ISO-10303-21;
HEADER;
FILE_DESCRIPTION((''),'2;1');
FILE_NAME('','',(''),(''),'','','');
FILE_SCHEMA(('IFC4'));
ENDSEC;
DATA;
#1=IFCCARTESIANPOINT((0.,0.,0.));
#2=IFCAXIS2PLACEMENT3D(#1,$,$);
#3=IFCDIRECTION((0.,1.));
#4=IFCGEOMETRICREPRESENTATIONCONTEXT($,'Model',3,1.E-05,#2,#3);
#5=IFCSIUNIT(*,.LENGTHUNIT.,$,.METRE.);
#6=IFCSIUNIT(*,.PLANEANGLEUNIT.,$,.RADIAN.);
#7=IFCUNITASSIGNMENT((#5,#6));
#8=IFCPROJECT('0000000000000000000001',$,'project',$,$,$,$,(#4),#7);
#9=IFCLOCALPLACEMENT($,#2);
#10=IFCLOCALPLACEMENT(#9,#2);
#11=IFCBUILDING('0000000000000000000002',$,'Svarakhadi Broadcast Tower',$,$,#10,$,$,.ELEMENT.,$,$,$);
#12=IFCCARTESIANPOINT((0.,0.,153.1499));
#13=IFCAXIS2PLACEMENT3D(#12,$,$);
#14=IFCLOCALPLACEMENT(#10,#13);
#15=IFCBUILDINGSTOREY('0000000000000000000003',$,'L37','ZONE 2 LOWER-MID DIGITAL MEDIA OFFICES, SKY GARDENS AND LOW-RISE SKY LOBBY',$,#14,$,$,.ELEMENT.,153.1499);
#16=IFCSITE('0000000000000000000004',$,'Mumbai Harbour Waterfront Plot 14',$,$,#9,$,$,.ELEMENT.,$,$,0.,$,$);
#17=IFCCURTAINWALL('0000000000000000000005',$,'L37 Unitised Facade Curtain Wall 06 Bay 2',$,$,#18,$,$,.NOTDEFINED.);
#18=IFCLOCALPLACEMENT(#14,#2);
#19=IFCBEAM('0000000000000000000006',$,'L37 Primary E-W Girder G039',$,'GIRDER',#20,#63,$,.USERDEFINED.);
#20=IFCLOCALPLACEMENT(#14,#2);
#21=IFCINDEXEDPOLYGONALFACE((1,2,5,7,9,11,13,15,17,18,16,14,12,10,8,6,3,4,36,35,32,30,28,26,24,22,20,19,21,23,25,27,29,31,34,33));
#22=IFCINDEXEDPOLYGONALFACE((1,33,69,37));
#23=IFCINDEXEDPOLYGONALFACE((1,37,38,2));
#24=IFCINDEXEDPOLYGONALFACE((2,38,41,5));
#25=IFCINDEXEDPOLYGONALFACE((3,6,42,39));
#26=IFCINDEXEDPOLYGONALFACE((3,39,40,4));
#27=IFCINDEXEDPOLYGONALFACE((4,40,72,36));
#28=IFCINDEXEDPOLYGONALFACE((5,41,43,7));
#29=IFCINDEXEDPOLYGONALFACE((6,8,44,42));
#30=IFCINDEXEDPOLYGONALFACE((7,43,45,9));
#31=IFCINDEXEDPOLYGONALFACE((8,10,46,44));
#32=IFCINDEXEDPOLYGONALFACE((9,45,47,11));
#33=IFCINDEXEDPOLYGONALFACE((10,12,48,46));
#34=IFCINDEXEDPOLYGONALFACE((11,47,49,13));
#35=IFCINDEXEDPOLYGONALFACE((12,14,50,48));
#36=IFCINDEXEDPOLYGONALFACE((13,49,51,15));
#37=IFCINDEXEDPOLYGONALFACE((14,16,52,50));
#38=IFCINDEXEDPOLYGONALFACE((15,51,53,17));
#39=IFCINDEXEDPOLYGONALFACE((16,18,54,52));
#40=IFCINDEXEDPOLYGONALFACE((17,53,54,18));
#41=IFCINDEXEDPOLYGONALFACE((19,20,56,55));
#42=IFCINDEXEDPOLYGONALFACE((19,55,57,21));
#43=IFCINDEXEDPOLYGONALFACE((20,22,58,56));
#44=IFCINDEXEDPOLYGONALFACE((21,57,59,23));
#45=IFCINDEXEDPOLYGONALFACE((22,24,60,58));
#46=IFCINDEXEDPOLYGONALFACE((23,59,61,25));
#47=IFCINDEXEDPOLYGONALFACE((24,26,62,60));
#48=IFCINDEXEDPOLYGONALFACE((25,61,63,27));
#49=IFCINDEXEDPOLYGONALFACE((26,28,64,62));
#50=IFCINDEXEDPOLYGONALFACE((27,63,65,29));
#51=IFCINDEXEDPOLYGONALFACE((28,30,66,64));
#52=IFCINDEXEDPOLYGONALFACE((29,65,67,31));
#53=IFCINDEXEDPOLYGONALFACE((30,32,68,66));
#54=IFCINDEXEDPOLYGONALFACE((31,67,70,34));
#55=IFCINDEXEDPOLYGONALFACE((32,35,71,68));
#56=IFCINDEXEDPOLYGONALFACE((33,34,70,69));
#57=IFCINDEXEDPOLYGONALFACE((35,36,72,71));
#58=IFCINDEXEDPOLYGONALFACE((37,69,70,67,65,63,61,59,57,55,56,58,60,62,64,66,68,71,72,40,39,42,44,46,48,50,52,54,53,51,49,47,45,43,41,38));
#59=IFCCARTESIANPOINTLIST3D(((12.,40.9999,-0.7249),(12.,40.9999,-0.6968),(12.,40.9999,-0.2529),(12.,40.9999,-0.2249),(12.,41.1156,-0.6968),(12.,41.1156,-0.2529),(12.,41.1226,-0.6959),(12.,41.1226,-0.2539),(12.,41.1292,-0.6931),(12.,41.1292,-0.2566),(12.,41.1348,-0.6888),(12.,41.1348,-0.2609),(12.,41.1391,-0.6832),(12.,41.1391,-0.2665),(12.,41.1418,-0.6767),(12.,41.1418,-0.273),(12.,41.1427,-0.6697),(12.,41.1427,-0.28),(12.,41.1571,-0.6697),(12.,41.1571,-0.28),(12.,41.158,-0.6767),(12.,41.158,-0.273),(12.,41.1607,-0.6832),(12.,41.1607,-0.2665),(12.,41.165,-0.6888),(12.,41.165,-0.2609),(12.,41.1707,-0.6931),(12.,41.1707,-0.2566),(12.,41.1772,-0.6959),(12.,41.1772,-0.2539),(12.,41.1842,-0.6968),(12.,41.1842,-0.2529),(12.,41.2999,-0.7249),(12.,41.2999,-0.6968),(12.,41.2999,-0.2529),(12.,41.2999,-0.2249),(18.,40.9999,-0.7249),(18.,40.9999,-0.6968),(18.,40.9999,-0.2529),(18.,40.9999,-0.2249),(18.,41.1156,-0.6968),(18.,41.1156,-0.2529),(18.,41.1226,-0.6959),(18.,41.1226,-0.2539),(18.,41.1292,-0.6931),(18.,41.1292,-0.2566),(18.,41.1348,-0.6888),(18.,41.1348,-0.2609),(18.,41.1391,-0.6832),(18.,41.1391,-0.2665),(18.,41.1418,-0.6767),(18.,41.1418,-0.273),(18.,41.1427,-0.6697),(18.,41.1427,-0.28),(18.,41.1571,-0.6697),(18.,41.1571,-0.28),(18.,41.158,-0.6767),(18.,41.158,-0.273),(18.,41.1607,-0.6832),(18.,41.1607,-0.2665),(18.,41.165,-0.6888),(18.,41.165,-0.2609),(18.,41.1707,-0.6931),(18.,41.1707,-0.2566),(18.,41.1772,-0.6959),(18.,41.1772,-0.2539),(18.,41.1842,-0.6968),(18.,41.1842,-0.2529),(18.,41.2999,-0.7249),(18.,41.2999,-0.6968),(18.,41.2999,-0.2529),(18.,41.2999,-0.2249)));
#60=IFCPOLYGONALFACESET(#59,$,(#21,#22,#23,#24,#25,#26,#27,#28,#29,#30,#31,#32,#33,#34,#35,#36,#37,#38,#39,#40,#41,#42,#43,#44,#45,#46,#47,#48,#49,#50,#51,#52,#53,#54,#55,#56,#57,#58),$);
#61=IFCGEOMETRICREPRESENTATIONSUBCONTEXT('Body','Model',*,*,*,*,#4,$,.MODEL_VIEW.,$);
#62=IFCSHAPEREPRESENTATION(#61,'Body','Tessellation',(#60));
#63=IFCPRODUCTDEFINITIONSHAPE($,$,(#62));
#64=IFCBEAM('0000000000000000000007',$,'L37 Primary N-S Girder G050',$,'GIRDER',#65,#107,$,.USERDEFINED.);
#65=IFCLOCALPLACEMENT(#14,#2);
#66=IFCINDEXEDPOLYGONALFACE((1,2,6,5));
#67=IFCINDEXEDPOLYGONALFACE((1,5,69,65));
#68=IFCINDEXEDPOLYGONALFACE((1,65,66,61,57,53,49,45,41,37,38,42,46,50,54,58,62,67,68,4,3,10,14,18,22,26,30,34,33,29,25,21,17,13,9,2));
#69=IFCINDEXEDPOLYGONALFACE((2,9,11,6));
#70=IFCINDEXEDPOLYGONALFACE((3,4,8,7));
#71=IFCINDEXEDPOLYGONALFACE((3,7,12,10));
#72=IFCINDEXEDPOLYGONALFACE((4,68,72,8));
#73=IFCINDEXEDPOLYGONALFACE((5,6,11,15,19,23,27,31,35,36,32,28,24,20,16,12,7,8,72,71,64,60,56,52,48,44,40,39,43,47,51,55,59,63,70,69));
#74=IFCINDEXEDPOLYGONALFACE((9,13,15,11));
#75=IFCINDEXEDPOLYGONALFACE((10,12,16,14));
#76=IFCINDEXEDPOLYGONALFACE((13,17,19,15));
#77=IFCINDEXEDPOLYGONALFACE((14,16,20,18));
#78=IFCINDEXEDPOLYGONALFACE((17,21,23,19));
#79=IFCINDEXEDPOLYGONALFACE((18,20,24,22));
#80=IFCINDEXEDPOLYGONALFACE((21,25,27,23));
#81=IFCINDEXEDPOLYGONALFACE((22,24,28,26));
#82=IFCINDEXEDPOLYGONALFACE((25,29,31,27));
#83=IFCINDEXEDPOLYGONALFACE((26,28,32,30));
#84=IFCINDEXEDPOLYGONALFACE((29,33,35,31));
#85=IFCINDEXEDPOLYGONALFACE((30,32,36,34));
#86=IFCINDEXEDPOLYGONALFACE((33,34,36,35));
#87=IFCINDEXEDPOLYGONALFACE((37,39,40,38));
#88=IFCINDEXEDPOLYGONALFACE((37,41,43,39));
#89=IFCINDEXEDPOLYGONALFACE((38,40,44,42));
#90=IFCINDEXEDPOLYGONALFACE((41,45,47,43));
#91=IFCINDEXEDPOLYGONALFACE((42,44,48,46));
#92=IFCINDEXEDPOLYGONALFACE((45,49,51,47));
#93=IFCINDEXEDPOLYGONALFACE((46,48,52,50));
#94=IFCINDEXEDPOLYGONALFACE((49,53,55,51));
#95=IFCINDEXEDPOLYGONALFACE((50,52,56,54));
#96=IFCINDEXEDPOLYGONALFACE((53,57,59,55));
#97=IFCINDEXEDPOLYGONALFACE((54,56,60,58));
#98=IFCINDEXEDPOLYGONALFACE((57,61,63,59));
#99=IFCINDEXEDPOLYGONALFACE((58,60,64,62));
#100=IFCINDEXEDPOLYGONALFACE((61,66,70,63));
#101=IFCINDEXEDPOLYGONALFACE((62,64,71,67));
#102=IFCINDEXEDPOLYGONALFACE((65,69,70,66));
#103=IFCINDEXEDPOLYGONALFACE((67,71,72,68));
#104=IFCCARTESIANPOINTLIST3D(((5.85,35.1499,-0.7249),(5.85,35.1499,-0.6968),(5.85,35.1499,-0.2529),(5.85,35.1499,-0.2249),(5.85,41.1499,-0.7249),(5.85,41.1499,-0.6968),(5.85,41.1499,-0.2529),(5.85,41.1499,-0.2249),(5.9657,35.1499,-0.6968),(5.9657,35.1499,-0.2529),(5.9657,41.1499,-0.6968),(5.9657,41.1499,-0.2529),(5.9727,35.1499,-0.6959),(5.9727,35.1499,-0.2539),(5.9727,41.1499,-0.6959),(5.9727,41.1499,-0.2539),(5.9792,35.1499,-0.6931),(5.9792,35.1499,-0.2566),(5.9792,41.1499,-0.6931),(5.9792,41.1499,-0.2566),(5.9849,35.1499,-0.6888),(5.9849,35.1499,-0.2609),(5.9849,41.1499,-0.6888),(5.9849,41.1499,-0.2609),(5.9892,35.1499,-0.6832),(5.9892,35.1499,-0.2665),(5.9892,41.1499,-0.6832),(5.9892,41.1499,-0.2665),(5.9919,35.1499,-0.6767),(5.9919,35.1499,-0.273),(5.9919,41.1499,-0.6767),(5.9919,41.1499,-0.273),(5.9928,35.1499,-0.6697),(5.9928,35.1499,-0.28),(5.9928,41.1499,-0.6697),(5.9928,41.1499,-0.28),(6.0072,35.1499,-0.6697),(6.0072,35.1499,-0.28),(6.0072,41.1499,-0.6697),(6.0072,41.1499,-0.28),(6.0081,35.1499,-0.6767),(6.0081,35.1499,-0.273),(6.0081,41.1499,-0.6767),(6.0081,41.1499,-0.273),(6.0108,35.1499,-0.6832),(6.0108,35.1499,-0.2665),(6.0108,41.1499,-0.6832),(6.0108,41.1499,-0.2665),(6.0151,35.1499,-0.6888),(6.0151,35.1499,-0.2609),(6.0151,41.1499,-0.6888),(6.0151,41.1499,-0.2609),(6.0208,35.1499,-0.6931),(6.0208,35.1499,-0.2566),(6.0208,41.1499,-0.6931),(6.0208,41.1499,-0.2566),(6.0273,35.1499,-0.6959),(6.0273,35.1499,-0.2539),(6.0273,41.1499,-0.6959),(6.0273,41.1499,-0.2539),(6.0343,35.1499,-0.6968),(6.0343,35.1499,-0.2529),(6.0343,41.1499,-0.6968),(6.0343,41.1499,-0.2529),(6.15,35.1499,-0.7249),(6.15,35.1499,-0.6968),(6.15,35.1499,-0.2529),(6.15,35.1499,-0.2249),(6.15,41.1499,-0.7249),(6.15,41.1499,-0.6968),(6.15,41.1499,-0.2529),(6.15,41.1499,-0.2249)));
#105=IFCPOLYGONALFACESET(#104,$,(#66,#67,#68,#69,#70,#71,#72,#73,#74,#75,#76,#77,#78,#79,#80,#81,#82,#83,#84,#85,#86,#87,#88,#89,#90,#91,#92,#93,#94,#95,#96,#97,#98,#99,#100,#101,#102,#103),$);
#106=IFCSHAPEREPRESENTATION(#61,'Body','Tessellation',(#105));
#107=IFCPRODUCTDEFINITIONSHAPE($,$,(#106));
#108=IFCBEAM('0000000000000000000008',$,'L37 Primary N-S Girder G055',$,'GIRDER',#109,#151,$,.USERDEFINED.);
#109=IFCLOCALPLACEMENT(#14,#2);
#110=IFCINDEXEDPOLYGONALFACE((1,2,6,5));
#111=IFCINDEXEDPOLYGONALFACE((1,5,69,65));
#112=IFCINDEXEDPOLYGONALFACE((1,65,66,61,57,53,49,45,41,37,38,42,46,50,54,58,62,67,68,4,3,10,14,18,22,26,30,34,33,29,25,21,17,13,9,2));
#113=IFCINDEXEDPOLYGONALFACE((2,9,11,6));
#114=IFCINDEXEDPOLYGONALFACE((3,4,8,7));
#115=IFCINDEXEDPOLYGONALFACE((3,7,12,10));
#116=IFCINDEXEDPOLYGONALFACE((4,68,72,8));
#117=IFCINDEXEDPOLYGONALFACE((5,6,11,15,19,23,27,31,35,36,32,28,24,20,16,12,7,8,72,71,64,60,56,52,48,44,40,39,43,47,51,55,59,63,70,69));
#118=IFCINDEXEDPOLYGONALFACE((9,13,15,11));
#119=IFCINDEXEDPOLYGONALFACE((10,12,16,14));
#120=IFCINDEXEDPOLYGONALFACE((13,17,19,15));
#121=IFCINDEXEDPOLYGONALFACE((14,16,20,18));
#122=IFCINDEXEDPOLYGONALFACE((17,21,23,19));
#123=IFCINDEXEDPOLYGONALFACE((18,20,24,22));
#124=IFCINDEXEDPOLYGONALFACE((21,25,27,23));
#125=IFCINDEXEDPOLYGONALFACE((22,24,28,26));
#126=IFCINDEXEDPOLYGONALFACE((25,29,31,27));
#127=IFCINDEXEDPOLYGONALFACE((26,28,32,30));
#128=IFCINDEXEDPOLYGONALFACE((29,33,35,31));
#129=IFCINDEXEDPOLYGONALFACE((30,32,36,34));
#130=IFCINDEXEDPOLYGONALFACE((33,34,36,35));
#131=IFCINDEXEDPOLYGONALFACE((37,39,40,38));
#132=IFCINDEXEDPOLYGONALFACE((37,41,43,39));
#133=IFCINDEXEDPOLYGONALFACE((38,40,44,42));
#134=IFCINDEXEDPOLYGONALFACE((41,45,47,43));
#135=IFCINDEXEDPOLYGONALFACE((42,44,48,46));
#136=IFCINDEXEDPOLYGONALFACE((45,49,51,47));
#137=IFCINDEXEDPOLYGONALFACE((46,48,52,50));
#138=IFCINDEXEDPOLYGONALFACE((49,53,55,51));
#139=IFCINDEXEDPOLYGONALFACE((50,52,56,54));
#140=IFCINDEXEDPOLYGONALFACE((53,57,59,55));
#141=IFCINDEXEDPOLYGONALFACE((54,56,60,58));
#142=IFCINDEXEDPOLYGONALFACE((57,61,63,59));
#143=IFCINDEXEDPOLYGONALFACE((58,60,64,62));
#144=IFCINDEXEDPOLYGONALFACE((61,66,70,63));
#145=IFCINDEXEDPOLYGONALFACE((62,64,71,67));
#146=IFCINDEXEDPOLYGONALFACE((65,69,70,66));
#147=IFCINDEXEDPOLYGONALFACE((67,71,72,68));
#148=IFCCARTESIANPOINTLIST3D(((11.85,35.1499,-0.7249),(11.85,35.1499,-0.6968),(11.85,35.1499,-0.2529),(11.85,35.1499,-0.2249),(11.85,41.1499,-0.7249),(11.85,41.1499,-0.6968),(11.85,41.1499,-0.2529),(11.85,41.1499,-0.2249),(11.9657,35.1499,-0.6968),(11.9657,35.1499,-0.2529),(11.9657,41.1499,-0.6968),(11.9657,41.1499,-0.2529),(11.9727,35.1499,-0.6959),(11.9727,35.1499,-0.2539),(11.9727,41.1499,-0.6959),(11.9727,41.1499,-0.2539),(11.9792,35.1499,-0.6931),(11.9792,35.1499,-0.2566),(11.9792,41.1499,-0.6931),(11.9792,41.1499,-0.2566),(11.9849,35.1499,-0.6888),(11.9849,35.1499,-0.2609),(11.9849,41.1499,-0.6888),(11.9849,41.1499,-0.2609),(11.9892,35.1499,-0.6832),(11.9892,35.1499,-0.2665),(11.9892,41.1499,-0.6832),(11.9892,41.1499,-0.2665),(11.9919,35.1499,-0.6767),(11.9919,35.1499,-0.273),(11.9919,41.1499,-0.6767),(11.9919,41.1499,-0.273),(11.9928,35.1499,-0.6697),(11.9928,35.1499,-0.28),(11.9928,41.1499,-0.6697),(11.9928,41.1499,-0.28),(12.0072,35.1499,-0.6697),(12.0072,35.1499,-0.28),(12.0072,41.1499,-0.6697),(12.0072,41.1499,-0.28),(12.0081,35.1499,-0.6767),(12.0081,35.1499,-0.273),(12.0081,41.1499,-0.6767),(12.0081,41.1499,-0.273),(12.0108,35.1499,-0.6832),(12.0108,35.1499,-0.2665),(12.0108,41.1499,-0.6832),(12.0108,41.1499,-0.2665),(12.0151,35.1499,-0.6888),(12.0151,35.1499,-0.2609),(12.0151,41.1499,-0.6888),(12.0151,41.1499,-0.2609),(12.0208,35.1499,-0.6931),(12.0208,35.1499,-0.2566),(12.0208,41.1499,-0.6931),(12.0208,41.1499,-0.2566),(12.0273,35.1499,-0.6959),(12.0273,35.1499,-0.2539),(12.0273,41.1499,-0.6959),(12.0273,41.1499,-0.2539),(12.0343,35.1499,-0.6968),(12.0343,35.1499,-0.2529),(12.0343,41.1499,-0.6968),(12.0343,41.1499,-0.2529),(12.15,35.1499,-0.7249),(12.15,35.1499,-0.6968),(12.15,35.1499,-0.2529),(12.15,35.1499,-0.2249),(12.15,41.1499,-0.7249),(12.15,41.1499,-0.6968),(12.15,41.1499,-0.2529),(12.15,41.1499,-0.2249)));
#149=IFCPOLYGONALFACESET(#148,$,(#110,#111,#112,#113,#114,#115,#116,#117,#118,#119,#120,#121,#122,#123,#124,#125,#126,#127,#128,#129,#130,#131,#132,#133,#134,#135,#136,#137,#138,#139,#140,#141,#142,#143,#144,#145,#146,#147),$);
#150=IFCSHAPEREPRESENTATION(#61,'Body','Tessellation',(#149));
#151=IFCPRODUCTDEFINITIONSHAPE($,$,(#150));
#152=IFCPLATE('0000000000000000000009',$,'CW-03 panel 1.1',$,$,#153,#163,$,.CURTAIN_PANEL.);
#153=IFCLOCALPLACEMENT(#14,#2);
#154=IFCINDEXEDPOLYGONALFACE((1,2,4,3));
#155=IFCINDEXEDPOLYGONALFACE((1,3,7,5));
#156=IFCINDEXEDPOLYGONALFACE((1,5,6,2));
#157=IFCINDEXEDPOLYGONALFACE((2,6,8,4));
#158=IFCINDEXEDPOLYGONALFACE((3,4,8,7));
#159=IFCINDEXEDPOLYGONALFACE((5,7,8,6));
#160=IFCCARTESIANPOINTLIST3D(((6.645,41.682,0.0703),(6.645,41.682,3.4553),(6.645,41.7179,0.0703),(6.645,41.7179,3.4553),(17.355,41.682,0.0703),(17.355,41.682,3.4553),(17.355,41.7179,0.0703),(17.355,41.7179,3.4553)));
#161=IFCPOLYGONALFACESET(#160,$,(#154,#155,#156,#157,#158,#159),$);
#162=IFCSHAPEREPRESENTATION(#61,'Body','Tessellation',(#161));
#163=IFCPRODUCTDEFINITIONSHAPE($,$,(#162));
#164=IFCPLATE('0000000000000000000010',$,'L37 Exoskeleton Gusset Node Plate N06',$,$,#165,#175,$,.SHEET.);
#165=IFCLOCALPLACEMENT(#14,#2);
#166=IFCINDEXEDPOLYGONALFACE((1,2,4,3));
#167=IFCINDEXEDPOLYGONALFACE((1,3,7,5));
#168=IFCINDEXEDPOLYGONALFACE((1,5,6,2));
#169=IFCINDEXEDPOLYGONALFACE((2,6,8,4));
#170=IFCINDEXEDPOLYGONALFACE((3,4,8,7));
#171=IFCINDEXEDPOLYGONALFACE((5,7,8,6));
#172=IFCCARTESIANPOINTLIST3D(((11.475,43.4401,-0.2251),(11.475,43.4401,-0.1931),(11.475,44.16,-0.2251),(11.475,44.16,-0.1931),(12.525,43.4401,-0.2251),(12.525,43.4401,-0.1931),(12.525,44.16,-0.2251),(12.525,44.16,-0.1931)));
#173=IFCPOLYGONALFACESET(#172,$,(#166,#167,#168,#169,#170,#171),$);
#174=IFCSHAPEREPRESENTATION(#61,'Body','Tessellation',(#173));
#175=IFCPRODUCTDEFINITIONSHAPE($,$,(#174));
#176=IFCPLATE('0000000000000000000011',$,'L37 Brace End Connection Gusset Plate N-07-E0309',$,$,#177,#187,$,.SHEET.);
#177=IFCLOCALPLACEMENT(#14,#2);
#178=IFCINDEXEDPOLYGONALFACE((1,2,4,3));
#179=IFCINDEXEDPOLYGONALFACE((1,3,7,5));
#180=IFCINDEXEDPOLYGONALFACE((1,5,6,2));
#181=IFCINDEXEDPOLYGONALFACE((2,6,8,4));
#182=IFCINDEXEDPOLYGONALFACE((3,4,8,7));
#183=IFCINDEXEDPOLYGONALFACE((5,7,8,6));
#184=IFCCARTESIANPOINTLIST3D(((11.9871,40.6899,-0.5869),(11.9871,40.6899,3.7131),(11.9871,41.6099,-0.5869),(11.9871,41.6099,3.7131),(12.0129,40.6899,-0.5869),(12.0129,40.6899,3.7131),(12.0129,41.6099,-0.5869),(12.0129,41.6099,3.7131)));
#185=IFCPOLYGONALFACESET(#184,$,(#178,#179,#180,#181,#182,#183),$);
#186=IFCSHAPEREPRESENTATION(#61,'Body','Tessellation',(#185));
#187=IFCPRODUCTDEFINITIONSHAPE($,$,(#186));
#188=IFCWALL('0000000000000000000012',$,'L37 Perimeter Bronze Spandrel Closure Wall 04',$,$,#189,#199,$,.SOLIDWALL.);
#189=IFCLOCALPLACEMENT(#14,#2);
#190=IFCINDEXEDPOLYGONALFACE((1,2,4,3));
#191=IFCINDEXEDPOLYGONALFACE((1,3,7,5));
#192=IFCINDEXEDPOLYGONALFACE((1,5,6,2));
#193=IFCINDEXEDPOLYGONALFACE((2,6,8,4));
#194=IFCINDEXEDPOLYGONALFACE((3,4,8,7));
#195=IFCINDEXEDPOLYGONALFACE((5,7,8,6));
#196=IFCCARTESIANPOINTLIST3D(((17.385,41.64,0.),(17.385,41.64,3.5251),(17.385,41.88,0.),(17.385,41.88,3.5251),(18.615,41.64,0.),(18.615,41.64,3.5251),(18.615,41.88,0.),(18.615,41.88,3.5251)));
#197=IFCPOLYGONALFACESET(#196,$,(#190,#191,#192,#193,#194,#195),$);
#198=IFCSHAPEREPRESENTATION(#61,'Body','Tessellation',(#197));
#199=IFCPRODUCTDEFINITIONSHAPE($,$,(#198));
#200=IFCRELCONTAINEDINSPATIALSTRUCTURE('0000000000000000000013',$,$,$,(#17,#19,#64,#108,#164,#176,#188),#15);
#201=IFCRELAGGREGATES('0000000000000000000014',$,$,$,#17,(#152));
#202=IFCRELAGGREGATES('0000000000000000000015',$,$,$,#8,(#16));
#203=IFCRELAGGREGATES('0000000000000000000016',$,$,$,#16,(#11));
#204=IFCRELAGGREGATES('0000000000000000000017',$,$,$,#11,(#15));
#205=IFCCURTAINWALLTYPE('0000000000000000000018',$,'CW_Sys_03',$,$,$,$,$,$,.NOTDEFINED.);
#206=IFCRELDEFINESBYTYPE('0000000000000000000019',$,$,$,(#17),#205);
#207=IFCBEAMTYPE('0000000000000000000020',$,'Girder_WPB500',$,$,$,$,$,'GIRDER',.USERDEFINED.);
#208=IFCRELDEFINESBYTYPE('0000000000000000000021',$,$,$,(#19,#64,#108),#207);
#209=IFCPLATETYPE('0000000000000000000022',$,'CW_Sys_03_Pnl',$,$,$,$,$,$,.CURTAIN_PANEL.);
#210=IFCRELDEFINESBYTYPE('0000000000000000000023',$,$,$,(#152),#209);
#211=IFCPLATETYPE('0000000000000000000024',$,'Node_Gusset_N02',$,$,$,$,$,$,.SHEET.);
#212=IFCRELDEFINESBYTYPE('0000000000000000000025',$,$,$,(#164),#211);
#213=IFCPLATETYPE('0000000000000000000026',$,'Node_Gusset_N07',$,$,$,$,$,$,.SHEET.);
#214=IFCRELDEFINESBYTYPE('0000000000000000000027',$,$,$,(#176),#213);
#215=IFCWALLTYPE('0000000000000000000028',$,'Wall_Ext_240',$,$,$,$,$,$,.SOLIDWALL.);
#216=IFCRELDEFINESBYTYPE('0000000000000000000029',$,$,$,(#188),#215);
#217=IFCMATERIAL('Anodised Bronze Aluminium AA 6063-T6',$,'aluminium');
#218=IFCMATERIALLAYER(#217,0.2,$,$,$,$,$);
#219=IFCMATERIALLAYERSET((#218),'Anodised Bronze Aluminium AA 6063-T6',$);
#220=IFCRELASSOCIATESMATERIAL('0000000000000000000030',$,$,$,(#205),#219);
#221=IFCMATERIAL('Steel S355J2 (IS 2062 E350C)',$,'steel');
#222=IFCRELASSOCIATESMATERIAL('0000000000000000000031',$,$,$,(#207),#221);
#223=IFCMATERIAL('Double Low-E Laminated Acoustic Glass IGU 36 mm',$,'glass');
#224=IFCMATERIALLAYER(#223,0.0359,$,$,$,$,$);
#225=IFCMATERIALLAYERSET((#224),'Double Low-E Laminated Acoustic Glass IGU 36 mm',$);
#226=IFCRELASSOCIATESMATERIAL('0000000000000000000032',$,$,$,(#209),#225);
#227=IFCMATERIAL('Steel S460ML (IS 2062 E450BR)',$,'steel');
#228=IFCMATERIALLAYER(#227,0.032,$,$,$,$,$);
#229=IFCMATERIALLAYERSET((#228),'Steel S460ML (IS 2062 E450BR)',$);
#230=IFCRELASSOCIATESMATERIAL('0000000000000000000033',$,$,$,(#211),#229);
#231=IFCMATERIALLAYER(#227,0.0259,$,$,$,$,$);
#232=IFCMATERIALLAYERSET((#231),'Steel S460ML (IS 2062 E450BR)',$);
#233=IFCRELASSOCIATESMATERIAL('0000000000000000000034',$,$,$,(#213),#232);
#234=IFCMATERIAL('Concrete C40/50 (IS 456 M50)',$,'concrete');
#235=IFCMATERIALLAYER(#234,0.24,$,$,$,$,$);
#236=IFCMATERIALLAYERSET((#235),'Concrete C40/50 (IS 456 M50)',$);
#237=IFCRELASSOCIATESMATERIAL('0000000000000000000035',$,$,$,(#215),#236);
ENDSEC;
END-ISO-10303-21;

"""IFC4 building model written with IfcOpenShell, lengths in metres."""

from ifc_helpers import new_model, si_unit, direction, frame, frame_2d, origin, origin_2d, place, context, subcontext, project, spatial, rectangle, i_section, extrude, material, layer, layer_set, material_profile, profile_set, type_object, element, aggregate, save


model = new_model("IFC4")

# Units and contexts
model_context = context("Model", 3, precision=1e-05, world=origin(), true_north=direction((0.0, 1.0)))
body_context = subcontext(model_context, "Body", "Model", "MODEL_VIEW")
ifc_project = project(units=[si_unit("LENGTHUNIT", "METRE"), si_unit("PLANEANGLEUNIT", "RADIAN")], contexts=[model_context])

# Site, building, storey
site_placement = place(None, origin())
site = spatial("IfcSite", under=ifc_project, at=site_placement, Name="Mumbai Harbour Waterfront Plot 14", CompositionType="ELEMENT", RefElevation=0.0)
building_placement = place(site_placement, origin())
building = spatial("IfcBuilding", under=site, at=building_placement, Name="Svarakhadi Broadcast Tower", CompositionType="ELEMENT")
storey_placement = place(building_placement, frame((0.0, 0.0, 153.1499)))
storey = spatial("IfcBuildingStorey", under=building, at=storey_placement, Name="L37", Description="ZONE 2 LOWER-MID DIGITAL MEDIA OFFICES, SKY GARDENS AND LOW-RISE SKY LOBBY", CompositionType="ELEMENT", Elevation=153.1499)

# Shared definitions
ifc_material_1 = material(Name="Steel S460ML (IS 2062 E450BR)", Category="steel")

# Shared definitions
ifc_material_2 = material(Name="Steel S355J2 (IS 2062 E350C)", Category="steel")

# Curtain wall
ifc_material_3 = material(Name="Anodised Bronze Aluminium AA 6063-T6", Category="aluminium")
ifc_layer_1 = layer(ifc_material_3, 0.2)
ifc_layer_set_1 = layer_set([ifc_layer_1], Name="Anodised Bronze Aluminium AA 6063-T6")
curtain_wall_type = type_object("IfcCurtainWallType", Name="CW_Sys_03", PredefinedType="NOTDEFINED", material=ifc_layer_set_1)
curtain_wall_placement = place(storey_placement, origin())
curtain_wall = element("IfcCurtainWall", 1, at=curtain_wall_placement, inside=storey, type_object=curtain_wall_type, Name="L37 Unitised Facade Curtain Wall 06 Bay 2", PredefinedType="NOTDEFINED")

# Beams
ifc_material_profile_1 = material_profile(ifc_material_2, i_section(OverallWidth=0.3, OverallDepth=0.5, WebThickness=0.0144, FlangeThickness=0.0281, FilletRadius=0.0271, at=origin_2d()), Name="WPB 500x300x187")
ifc_profile_set_1 = profile_set([ifc_material_profile_1], Name="Steel S355J2 (IS 2062 E350C)")
beam_type_1 = type_object("IfcBeamType", Name="Girder_WPB500", ElementType="GIRDER", PredefinedType="USERDEFINED", material=ifc_profile_set_1)
for number, where, z_axis, x_axis, name in (
    (2, (12.0, 41.1499, -0.4749), (1.0, 0.0, 0.0), (0.0, 1.0, 0.0), "L37 Primary E-W Girder G039"),
    (3, (6.0, 35.1499, -0.4749), (0.0, 1.0, 0.0), (-1.0, 0.0, 0.0), "L37 Primary N-S Girder G050"),
    (4, (12.0, 35.1499, -0.4749), (0.0, 1.0, 0.0), (-1.0, 0.0, 0.0), "L37 Primary N-S Girder G055"),
):
    element("IfcBeam", number, at=place(storey_placement, frame(where, z_axis=z_axis, x_axis=x_axis)), inside=storey, type_object=beam_type_1, Name=name, ObjectType="GIRDER", PredefinedType="USERDEFINED", context=body_context, shape_type="SweptSolid", body=[
        extrude(i_section(OverallWidth=0.3, OverallDepth=0.5, WebThickness=0.0144, FlangeThickness=0.0281, FilletRadius=0.0271, at=origin_2d()), origin(), (0.0, 0.0, 1.0), 6.0),
    ])

# Plate
ifc_material_4 = material(Name="Double Low-E Laminated Acoustic Glass IGU 36 mm", Category="glass")
ifc_layer_2 = layer(ifc_material_4, 0.0359)
ifc_layer_set_2 = layer_set([ifc_layer_2], Name="Double Low-E Laminated Acoustic Glass IGU 36 mm")
plate_type_1 = type_object("IfcPlateType", Name="CW_Sys_03_Pnl", PredefinedType="CURTAIN_PANEL", material=ifc_layer_set_2)
plate_1_placement = place(storey_placement, frame((12.0, 41.7, 0.0703), z_axis=(0.0, 0.0, 1.0), x_axis=(1.0, 0.0, 0.0)))
plate_1 = element("IfcPlate", 5, at=plate_1_placement, type_object=plate_type_1, Name="CW-03 panel 1.1", PredefinedType="CURTAIN_PANEL", context=body_context, shape_type="SweptSolid", body=[
    extrude(rectangle(XDim=10.71, YDim=0.0359, at=origin_2d()), origin(), (0.0, 0.0, 1.0), 3.385),
])
aggregate(curtain_wall, [plate_1])

# Plates
ifc_layer_3 = layer(ifc_material_1, 0.032)
ifc_layer_set_3 = layer_set([ifc_layer_3], Name="Steel S460ML (IS 2062 E450BR)")
plate_type_2 = type_object("IfcPlateType", Name="Node_Gusset_N02", PredefinedType="SHEET", material=ifc_layer_set_3)
plate_2_placement = place(storey_placement, frame((12.0, 43.8, -0.2251), z_axis=(0.0, 0.0, 1.0), x_axis=(1.0, 0.0, 0.0)))
element("IfcPlate", 6, at=plate_2_placement, inside=storey, type_object=plate_type_2, Name="L37 Exoskeleton Gusset Node Plate N06", PredefinedType="SHEET", context=body_context, shape_type="SweptSolid", body=[
    extrude(rectangle(XDim=1.05, YDim=0.72, at=origin_2d()), origin(), (0.0, 0.0, 1.0), 0.032),
])
ifc_layer_4 = layer(ifc_material_1, 0.0259)
ifc_layer_set_4 = layer_set([ifc_layer_4], Name="Steel S460ML (IS 2062 E450BR)")
plate_type_3 = type_object("IfcPlateType", Name="Node_Gusset_N07", PredefinedType="SHEET", material=ifc_layer_set_4)
plate_3_placement = place(storey_placement, frame((12.0, 41.1499, -0.5869), z_axis=(0.0, 0.0, 1.0), x_axis=(0.0, 1.0, 0.0)))
element("IfcPlate", 7, at=plate_3_placement, inside=storey, type_object=plate_type_3, Name="L37 Brace End Connection Gusset Plate N-07-E0309", PredefinedType="SHEET", context=body_context, shape_type="SweptSolid", body=[
    extrude(rectangle(XDim=0.9199, YDim=0.0259, at=origin_2d()), origin(), (0.0, 0.0, 1.0), 4.3),
])

# Wall
ifc_material_5 = material(Name="Concrete C40/50 (IS 456 M50)", Category="concrete")
ifc_layer_5 = layer(ifc_material_5, 0.24)
ifc_layer_set_5 = layer_set([ifc_layer_5], Name="Concrete C40/50 (IS 456 M50)")
wall_type_1 = type_object("IfcWallType", Name="Wall_Ext_240", PredefinedType="SOLIDWALL", material=ifc_layer_set_5)
wall_1_placement = place(storey_placement, frame((17.385, 41.76, 0.0), z_axis=(0.0, 0.0, 1.0), x_axis=(1.0, 0.0, 0.0)))
element("IfcWall", 8, at=wall_1_placement, inside=storey, type_object=wall_type_1, Name="L37 Perimeter Bronze Spandrel Closure Wall 04", PredefinedType="SOLIDWALL", context=body_context, shape_type="SweptSolid", body=[
    extrude(rectangle(XDim=1.23, YDim=0.24, at=frame_2d((0.615, 0.0))), origin(), (0.0, 0.0, 1.0), 3.5251),
])

save(model, "model.ifc")
